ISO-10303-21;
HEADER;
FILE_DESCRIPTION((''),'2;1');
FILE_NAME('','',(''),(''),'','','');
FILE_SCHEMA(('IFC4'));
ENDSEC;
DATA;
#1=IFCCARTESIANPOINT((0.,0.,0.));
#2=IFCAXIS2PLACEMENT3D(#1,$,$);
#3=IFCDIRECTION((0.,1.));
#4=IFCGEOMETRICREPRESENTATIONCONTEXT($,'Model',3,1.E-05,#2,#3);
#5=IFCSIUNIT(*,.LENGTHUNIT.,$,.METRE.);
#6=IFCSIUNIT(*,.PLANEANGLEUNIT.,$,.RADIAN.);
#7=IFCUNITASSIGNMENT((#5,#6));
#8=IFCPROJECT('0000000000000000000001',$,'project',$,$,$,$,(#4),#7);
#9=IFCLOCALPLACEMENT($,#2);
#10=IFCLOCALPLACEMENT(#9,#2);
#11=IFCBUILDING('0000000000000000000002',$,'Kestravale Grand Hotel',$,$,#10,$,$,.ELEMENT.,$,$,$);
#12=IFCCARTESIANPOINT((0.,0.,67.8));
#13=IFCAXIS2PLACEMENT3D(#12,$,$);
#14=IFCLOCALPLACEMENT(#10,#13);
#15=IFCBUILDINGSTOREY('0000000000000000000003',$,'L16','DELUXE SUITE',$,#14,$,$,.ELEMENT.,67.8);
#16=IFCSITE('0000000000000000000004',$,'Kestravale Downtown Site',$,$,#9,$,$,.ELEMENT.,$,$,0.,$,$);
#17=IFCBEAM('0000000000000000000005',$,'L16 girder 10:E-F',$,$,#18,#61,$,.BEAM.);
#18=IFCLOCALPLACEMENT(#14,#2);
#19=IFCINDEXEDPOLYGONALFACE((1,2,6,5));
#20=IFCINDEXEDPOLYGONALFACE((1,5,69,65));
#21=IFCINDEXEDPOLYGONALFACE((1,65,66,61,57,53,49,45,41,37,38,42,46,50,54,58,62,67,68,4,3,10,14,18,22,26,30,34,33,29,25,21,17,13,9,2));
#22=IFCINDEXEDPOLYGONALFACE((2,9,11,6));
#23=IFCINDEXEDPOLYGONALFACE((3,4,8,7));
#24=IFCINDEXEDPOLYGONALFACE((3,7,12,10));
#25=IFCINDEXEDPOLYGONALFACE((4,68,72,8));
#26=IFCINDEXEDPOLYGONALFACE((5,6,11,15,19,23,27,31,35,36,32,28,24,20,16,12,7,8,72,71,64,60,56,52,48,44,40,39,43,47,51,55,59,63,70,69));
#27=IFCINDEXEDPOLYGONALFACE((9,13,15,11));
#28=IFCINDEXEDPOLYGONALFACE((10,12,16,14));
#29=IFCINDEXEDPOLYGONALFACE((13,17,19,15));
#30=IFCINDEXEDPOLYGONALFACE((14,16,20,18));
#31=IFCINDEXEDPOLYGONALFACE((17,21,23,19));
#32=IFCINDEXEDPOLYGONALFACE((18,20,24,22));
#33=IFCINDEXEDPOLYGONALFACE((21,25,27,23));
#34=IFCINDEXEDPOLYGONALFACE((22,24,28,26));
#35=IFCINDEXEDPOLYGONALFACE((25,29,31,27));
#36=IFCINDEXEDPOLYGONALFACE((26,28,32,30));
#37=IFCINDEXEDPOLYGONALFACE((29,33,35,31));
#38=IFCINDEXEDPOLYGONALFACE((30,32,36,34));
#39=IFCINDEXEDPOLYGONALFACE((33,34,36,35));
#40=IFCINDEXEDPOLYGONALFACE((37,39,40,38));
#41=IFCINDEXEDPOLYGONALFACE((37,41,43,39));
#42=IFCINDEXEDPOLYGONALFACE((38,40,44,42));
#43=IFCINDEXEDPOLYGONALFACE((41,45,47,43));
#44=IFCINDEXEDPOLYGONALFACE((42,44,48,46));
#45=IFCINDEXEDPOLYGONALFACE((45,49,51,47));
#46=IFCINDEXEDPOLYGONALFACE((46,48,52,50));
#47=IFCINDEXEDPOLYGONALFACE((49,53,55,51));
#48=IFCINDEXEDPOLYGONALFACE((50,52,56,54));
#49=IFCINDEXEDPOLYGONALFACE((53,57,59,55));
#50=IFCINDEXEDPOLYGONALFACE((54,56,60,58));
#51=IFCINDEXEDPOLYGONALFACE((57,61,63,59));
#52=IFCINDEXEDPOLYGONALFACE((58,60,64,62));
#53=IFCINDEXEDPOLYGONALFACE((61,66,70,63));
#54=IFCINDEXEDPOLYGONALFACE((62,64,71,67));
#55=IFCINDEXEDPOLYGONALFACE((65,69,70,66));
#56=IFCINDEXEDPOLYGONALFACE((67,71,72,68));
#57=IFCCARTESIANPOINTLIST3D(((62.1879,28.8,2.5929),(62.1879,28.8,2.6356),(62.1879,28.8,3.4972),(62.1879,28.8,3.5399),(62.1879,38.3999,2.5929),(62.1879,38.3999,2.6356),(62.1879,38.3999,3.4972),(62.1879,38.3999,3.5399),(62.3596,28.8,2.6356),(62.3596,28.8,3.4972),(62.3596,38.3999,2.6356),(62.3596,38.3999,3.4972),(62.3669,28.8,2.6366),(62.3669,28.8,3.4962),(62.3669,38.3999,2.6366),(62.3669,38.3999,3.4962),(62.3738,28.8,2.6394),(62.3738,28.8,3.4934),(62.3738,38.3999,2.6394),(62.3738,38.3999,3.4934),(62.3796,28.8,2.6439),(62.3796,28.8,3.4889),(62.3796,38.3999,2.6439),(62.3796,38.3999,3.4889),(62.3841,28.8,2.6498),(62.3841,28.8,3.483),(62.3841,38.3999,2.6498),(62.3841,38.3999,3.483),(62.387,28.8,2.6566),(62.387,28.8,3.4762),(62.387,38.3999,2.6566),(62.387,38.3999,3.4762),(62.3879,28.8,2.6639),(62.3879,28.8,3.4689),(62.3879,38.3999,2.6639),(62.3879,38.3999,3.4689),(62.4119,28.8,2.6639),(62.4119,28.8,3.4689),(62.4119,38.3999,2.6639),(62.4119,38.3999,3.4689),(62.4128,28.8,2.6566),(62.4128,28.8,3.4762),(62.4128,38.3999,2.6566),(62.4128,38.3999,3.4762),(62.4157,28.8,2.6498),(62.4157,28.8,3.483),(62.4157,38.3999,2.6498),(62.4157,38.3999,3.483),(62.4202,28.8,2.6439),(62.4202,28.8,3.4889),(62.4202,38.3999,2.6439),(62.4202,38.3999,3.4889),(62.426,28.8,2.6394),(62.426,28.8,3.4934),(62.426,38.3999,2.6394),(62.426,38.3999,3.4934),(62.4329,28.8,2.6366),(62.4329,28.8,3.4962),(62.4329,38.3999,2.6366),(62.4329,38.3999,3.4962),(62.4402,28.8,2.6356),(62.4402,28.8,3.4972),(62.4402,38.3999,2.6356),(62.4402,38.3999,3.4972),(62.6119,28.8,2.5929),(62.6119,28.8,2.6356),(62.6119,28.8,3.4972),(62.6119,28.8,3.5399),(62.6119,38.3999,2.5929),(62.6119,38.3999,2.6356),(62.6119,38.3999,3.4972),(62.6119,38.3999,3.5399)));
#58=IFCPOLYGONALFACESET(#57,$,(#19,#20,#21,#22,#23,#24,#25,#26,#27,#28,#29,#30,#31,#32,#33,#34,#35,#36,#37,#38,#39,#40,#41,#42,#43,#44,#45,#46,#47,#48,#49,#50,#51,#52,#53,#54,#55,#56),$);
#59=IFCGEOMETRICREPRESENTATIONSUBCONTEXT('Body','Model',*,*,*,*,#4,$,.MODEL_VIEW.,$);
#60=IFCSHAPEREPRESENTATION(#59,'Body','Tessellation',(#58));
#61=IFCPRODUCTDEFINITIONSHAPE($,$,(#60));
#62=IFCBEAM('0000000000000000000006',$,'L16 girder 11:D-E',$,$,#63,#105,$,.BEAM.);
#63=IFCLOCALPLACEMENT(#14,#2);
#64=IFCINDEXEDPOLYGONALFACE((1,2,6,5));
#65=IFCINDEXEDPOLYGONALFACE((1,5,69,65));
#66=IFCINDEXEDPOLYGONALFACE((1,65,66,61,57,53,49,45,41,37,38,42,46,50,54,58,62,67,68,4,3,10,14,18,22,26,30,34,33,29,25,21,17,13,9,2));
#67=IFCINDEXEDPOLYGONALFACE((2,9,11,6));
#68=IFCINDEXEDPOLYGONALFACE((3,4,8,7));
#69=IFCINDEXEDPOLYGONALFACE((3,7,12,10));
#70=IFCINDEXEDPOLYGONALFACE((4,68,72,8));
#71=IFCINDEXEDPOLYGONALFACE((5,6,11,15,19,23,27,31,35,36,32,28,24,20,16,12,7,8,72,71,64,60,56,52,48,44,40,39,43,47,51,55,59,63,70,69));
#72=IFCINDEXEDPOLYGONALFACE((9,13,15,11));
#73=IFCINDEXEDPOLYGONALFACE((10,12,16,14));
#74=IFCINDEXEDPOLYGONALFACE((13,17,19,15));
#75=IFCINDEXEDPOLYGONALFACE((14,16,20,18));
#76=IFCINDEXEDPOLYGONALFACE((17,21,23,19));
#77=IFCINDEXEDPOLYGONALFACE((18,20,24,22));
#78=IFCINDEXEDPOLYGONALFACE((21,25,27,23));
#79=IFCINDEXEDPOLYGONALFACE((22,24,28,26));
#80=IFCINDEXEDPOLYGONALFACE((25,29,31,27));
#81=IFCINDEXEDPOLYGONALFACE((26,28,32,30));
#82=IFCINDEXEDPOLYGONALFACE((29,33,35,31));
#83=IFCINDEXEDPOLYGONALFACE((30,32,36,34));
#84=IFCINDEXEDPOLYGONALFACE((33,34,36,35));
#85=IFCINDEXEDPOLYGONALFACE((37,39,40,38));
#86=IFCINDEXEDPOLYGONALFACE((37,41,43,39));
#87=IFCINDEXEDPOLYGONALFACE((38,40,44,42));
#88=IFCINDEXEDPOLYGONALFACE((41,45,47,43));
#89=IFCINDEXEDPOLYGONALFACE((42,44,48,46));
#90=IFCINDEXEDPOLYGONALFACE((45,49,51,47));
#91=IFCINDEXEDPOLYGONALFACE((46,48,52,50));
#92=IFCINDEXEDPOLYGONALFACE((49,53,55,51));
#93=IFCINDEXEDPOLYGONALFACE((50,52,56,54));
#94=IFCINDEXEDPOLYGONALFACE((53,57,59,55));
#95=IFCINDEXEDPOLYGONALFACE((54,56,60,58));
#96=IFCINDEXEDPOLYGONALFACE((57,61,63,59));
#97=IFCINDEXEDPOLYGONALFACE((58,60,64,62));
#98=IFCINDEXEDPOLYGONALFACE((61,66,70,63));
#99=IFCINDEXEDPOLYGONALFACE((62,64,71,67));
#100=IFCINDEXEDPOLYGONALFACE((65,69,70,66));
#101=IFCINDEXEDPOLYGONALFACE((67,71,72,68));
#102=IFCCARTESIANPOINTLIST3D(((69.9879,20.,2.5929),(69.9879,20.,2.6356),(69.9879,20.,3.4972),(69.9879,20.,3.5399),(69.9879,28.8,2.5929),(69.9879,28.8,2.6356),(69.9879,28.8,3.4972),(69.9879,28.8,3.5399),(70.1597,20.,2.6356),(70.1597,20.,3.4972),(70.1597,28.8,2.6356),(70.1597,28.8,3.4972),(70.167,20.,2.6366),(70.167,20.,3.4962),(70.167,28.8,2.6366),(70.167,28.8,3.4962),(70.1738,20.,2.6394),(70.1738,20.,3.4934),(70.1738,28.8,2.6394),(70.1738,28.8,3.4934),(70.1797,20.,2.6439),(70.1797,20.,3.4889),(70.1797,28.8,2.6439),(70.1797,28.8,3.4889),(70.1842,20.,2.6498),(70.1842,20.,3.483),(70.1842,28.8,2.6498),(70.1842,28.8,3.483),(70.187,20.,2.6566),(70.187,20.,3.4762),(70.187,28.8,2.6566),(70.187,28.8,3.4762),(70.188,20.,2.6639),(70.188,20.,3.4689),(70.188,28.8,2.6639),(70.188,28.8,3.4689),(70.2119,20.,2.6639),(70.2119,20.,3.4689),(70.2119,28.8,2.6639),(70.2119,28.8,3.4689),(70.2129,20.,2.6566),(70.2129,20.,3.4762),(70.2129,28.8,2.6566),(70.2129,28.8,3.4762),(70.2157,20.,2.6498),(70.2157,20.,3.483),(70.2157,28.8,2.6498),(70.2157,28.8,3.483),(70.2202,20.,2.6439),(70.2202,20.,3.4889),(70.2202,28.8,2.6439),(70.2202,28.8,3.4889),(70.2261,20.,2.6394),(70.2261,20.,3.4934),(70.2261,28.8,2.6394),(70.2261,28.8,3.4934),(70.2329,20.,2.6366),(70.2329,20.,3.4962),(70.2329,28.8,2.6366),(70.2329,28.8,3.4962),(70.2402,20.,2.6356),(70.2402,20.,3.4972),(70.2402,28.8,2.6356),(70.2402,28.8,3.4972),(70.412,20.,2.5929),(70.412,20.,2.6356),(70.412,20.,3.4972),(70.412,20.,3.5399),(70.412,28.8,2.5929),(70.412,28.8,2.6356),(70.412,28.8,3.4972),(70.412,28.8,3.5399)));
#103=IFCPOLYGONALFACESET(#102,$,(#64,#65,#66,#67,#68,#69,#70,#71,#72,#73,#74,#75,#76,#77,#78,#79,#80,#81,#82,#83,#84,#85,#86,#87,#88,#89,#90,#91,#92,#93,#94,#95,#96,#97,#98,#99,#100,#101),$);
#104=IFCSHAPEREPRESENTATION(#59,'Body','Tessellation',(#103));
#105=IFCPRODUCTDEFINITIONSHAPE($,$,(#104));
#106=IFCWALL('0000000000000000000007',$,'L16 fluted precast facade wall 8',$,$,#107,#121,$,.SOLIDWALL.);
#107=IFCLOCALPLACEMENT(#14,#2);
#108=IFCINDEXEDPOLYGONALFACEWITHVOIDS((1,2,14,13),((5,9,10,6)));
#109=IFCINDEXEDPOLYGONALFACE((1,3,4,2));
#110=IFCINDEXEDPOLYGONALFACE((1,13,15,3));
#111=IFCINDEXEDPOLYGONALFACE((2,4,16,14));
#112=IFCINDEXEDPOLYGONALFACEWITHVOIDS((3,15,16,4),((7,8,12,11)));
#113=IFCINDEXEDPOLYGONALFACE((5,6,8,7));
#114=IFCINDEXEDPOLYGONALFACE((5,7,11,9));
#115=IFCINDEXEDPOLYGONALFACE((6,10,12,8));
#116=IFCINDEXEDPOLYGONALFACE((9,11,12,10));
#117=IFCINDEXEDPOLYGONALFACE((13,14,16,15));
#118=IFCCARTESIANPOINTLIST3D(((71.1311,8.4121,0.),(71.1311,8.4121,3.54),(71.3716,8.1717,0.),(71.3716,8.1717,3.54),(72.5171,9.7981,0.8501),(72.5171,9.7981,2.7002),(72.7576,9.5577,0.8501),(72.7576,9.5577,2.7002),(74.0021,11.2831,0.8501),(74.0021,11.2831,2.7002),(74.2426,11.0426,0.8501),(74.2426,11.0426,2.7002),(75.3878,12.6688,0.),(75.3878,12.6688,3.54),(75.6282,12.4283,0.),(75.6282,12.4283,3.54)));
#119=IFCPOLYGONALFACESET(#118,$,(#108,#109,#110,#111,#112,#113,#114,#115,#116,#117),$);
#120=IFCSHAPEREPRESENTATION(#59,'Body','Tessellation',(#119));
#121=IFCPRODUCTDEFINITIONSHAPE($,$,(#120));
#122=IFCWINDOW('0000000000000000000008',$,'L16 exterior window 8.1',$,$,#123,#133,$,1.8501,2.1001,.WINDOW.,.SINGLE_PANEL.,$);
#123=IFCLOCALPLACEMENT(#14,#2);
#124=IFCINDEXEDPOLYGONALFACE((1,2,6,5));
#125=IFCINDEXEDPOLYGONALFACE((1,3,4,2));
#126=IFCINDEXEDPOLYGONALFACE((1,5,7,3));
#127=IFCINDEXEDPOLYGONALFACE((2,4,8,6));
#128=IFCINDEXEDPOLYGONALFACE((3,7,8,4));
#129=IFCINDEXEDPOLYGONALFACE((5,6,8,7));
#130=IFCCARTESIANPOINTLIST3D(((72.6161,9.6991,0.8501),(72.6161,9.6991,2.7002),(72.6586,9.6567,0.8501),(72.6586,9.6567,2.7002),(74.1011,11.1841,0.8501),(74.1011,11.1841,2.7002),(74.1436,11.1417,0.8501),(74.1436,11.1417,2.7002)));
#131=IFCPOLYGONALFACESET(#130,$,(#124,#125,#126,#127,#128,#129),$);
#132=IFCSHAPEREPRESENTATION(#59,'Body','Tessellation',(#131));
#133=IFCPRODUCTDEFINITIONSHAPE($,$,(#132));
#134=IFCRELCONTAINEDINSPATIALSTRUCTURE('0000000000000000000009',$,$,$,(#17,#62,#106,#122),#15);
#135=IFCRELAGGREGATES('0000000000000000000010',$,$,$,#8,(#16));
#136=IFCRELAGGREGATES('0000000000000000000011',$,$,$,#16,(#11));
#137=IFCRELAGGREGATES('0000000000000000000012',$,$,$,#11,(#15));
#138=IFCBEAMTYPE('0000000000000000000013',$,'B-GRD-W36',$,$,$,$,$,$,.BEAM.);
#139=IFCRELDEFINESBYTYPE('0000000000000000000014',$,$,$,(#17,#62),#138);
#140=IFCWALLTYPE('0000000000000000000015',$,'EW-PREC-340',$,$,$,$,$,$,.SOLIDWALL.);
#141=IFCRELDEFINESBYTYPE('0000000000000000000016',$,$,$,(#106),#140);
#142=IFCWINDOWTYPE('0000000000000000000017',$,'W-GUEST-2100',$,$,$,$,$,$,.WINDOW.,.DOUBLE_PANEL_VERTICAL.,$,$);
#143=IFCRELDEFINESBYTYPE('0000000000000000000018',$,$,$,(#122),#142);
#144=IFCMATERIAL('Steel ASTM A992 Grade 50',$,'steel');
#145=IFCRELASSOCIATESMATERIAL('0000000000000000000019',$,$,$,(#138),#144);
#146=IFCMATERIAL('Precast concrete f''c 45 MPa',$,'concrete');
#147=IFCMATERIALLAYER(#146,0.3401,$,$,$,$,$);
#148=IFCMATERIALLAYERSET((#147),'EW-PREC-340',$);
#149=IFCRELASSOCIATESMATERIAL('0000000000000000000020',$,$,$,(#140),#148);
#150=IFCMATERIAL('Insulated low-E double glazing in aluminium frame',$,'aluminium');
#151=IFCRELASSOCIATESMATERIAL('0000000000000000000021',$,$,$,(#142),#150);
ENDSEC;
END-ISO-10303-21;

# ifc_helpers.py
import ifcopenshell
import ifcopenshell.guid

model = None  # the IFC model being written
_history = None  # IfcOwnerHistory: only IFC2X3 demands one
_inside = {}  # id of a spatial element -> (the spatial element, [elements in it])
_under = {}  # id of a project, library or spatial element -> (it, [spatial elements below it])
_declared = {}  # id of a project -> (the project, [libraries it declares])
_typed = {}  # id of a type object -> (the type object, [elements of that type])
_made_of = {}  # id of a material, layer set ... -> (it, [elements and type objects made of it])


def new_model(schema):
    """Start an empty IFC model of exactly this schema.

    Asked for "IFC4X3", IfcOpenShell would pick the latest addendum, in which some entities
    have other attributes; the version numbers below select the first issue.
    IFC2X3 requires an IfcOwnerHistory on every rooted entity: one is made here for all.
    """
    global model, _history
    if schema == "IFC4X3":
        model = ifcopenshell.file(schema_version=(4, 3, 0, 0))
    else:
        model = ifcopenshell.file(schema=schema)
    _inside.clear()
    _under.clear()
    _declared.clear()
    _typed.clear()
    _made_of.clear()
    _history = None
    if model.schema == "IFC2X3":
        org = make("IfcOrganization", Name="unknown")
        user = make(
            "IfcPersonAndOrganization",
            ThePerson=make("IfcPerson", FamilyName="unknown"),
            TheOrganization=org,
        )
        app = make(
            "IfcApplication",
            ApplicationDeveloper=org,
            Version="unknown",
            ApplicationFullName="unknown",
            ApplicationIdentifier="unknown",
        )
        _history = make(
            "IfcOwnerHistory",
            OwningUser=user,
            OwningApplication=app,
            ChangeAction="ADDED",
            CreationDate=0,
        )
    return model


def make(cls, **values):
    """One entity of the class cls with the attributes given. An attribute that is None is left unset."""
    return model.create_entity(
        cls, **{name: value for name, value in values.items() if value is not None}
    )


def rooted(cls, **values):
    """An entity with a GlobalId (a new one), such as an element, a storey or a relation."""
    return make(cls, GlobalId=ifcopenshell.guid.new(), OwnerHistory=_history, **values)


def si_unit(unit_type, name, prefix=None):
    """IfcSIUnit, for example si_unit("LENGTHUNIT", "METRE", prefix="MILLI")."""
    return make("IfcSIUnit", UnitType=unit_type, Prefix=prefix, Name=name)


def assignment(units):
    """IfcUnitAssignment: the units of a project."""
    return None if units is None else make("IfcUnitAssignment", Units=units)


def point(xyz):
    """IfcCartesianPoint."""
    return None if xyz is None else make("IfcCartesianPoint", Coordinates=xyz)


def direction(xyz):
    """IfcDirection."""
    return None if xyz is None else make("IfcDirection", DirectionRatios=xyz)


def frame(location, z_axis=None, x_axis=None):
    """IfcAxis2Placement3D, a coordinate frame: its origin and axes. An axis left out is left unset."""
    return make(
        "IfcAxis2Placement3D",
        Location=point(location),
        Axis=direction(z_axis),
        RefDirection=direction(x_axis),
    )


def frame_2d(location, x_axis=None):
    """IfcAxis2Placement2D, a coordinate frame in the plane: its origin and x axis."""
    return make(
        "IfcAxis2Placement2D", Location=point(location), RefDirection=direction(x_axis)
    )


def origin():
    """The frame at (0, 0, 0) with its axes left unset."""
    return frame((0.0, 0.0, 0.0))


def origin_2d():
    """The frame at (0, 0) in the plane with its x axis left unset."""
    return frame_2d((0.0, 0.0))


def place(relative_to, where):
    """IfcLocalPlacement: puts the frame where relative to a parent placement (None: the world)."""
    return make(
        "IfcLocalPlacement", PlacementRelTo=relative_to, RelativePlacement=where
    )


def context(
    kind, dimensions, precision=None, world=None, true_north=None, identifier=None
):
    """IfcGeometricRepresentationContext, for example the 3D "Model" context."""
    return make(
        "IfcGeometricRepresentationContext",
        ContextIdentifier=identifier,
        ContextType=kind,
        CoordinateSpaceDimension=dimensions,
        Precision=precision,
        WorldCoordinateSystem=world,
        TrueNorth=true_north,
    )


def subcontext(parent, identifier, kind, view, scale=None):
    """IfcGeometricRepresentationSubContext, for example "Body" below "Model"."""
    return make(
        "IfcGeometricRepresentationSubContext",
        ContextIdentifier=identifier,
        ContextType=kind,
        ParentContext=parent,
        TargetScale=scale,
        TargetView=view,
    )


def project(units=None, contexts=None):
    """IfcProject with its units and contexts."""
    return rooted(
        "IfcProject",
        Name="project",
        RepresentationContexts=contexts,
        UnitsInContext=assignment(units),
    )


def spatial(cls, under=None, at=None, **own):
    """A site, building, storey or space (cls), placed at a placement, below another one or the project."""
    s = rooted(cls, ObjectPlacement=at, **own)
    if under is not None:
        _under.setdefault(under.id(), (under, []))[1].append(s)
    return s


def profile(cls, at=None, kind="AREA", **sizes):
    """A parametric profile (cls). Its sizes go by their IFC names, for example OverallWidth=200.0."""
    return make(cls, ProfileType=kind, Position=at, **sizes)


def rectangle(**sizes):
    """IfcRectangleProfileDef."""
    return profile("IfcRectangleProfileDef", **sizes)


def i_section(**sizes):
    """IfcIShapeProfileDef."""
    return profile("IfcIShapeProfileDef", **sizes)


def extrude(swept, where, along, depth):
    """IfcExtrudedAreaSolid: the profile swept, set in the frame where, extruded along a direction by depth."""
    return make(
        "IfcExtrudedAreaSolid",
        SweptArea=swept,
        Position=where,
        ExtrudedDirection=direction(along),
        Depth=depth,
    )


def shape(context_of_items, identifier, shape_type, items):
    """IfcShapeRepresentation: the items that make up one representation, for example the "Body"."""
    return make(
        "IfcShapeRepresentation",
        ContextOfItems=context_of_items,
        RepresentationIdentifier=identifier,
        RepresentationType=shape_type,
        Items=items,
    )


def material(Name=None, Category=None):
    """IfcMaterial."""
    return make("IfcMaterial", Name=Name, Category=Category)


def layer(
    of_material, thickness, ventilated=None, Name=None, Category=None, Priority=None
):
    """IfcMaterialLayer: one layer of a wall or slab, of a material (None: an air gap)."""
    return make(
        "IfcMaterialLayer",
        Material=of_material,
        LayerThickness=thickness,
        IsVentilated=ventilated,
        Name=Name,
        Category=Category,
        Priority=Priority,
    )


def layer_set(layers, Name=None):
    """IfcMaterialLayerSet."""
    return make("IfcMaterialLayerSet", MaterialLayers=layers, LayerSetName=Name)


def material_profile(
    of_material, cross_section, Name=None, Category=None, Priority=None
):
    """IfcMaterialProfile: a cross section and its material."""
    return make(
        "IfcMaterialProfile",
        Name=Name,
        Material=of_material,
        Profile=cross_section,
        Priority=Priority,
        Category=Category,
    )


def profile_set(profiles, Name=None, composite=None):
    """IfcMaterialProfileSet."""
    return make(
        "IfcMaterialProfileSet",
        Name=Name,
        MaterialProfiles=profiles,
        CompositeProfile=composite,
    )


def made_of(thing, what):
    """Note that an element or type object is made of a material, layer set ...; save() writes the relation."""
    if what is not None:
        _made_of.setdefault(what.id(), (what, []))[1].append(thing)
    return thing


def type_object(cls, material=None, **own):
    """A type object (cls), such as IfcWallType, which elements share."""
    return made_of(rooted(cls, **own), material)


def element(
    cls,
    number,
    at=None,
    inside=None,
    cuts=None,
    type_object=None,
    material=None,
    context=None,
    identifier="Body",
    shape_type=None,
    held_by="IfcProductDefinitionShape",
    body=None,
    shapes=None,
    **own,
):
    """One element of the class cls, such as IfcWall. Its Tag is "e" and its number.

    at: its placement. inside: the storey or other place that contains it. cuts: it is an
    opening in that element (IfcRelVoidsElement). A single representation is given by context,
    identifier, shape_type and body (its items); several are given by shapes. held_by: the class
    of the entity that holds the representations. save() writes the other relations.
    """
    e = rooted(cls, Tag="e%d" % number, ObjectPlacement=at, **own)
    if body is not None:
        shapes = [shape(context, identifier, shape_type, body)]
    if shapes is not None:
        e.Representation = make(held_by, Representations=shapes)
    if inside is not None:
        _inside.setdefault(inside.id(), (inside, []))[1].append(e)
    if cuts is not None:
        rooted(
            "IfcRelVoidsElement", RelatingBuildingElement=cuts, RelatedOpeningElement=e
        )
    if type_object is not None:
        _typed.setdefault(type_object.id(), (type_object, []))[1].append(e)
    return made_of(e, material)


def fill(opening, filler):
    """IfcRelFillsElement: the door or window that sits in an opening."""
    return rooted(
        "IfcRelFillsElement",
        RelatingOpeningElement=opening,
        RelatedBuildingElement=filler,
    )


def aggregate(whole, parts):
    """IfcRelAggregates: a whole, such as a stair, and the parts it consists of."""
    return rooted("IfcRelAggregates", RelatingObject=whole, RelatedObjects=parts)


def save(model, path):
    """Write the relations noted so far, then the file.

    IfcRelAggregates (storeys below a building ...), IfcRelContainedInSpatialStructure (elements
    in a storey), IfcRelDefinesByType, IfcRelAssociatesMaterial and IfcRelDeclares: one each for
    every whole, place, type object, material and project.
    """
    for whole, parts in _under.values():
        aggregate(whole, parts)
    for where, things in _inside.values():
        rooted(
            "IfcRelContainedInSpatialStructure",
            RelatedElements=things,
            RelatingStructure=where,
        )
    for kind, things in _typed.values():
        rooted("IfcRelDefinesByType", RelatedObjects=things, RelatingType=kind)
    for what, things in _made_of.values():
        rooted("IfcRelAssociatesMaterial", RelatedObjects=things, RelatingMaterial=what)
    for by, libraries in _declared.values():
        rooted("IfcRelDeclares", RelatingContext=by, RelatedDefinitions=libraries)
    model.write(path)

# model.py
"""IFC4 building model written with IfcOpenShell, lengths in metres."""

from ifc_helpers import new_model, si_unit, direction, frame, frame_2d, origin, origin_2d, place, context, subcontext, project, spatial, rectangle, i_section, extrude, material, layer, layer_set, material_profile, profile_set, type_object, element, fill, save


model = new_model("IFC4")

# Units and contexts
model_context = context("Model", 3, precision=1e-05, world=origin(), true_north=direction((0.0, 1.0)))
body_context = subcontext(model_context, "Body", "Model", "MODEL_VIEW")
ifc_project = project(units=[si_unit("LENGTHUNIT", "METRE"), si_unit("PLANEANGLEUNIT", "RADIAN")], contexts=[model_context])

# Site, building, storey
site_placement = place(None, origin())
site = spatial("IfcSite", under=ifc_project, at=site_placement, Name="Kestravale Downtown Site", CompositionType="ELEMENT", RefElevation=0.0)
building_placement = place(site_placement, origin())
building = spatial("IfcBuilding", under=site, at=building_placement, Name="Kestravale Grand Hotel", CompositionType="ELEMENT")
storey_placement = place(building_placement, frame((0.0, 0.0, 67.8)))
storey = spatial("IfcBuildingStorey", under=building, at=storey_placement, Name="L16", Description="DELUXE SUITE", CompositionType="ELEMENT", Elevation=67.8)

# Beams
ifc_material_1 = material(Name="Steel ASTM A992 Grade 50", Category="steel")
ifc_material_profile_1 = material_profile(ifc_material_1, i_section(OverallWidth=0.4241, OverallDepth=0.947, WebThickness=0.0239, FlangeThickness=0.0427, FilletRadius=0.0283, at=origin_2d()))
ifc_profile_set_1 = profile_set([ifc_material_profile_1], Name="Steel ASTM A992 Grade 50")
beam_type_1 = type_object("IfcBeamType", Name="B-GRD-W36", PredefinedType="BEAM", material=ifc_profile_set_1)
beam_1_placement = place(storey_placement, frame((62.3999, 28.8, 3.0664), z_axis=(0.0, 1.0, 0.0), x_axis=(-1.0, 0.0, 0.0)))
element("IfcBeam", 1, at=beam_1_placement, inside=storey, type_object=beam_type_1, Name="L16 girder 10:E-F", PredefinedType="BEAM", context=body_context, shape_type="SweptSolid", body=[
    extrude(i_section(OverallWidth=0.4241, OverallDepth=0.947, WebThickness=0.0239, FlangeThickness=0.0427, FilletRadius=0.0283, at=origin_2d()), origin(), (0.0, 0.0, 1.0), 9.5999),
])
beam_2_placement = place(storey_placement, frame((70.2, 20.0, 3.0664), z_axis=(0.0, 1.0, 0.0), x_axis=(-1.0, 0.0, 0.0)))
element("IfcBeam", 2, at=beam_2_placement, inside=storey, type_object=beam_type_1, Name="L16 girder 11:D-E", PredefinedType="BEAM", context=body_context, shape_type="SweptSolid", body=[
    extrude(i_section(OverallWidth=0.4241, OverallDepth=0.947, WebThickness=0.0239, FlangeThickness=0.0427, FilletRadius=0.0283, at=origin_2d()), origin(), (0.0, 0.0, 1.0), 8.8),
])

# Wall, opening, window
ifc_material_2 = material(Name="Precast concrete f'c 45 MPa", Category="concrete")
ifc_layer_1 = layer(ifc_material_2, 0.3401)
ifc_layer_set_1 = layer_set([ifc_layer_1], Name="EW-PREC-340")
wall_type_1 = type_object("IfcWallType", Name="EW-PREC-340", PredefinedType="SOLIDWALL", material=ifc_layer_set_1)
wall_1_placement = place(storey_placement, frame((71.2515, 8.292, 0.0), z_axis=(0.0, 0.0, 1.0), x_axis=(0.707107, 0.707107, 0.0)))
wall_1 = element("IfcWall", 3, at=wall_1_placement, inside=storey, type_object=wall_type_1, Name="L16 fluted precast facade wall 8", PredefinedType="SOLIDWALL", context=body_context, shape_type="SweptSolid", body=[
    extrude(rectangle(XDim=6.0198, YDim=0.3401, at=frame_2d((3.0098, 0.0))), origin(), (0.0, 0.0, 1.0), 3.54),
])
opening_1_placement = place(wall_1_placement, frame((1.96, 0.0, 0.8501)))
opening_1 = element("IfcOpeningElement", 4, at=opening_1_placement, cuts=wall_1, PredefinedType="OPENING", context=body_context, shape_type="SweptSolid", body=[
    extrude(rectangle(XDim=2.1001, YDim=1.8501, at=frame_2d((1.05, 0.925))), frame((0.0, 0.1799, 0.0), z_axis=(0.0, -1.0, 0.0), x_axis=(1.0, 0.0, 0.0)), (0.0, 0.0, 1.0), 0.3601),
])
ifc_material_3 = material(Name="Insulated low-E double glazing in aluminium frame", Category="aluminium")
window_type = type_object("IfcWindowType", Name="W-GUEST-2100", PartitioningType="DOUBLE_PANEL_VERTICAL", PredefinedType="WINDOW", material=ifc_material_3)
window_1_placement = place(opening_1_placement, origin())
window_1 = element("IfcWindow", 5, at=window_1_placement, inside=storey, type_object=window_type, Name="L16 exterior window 8.1", OverallHeight=1.8501, OverallWidth=2.1001, PartitioningType="SINGLE_PANEL", PredefinedType="WINDOW", context=body_context, shape_type="SweptSolid", body=[
    extrude(rectangle(XDim=2.1001, YDim=1.8501, at=frame_2d((1.05, 0.925))), frame((0.0, 0.03, 0.0), z_axis=(0.0, -1.0, 0.0), x_axis=(1.0, 0.0, 0.0)), (0.0, 0.0, 1.0), 0.0601),
])
fill(opening_1, window_1)

save(model, "model.ifc")
